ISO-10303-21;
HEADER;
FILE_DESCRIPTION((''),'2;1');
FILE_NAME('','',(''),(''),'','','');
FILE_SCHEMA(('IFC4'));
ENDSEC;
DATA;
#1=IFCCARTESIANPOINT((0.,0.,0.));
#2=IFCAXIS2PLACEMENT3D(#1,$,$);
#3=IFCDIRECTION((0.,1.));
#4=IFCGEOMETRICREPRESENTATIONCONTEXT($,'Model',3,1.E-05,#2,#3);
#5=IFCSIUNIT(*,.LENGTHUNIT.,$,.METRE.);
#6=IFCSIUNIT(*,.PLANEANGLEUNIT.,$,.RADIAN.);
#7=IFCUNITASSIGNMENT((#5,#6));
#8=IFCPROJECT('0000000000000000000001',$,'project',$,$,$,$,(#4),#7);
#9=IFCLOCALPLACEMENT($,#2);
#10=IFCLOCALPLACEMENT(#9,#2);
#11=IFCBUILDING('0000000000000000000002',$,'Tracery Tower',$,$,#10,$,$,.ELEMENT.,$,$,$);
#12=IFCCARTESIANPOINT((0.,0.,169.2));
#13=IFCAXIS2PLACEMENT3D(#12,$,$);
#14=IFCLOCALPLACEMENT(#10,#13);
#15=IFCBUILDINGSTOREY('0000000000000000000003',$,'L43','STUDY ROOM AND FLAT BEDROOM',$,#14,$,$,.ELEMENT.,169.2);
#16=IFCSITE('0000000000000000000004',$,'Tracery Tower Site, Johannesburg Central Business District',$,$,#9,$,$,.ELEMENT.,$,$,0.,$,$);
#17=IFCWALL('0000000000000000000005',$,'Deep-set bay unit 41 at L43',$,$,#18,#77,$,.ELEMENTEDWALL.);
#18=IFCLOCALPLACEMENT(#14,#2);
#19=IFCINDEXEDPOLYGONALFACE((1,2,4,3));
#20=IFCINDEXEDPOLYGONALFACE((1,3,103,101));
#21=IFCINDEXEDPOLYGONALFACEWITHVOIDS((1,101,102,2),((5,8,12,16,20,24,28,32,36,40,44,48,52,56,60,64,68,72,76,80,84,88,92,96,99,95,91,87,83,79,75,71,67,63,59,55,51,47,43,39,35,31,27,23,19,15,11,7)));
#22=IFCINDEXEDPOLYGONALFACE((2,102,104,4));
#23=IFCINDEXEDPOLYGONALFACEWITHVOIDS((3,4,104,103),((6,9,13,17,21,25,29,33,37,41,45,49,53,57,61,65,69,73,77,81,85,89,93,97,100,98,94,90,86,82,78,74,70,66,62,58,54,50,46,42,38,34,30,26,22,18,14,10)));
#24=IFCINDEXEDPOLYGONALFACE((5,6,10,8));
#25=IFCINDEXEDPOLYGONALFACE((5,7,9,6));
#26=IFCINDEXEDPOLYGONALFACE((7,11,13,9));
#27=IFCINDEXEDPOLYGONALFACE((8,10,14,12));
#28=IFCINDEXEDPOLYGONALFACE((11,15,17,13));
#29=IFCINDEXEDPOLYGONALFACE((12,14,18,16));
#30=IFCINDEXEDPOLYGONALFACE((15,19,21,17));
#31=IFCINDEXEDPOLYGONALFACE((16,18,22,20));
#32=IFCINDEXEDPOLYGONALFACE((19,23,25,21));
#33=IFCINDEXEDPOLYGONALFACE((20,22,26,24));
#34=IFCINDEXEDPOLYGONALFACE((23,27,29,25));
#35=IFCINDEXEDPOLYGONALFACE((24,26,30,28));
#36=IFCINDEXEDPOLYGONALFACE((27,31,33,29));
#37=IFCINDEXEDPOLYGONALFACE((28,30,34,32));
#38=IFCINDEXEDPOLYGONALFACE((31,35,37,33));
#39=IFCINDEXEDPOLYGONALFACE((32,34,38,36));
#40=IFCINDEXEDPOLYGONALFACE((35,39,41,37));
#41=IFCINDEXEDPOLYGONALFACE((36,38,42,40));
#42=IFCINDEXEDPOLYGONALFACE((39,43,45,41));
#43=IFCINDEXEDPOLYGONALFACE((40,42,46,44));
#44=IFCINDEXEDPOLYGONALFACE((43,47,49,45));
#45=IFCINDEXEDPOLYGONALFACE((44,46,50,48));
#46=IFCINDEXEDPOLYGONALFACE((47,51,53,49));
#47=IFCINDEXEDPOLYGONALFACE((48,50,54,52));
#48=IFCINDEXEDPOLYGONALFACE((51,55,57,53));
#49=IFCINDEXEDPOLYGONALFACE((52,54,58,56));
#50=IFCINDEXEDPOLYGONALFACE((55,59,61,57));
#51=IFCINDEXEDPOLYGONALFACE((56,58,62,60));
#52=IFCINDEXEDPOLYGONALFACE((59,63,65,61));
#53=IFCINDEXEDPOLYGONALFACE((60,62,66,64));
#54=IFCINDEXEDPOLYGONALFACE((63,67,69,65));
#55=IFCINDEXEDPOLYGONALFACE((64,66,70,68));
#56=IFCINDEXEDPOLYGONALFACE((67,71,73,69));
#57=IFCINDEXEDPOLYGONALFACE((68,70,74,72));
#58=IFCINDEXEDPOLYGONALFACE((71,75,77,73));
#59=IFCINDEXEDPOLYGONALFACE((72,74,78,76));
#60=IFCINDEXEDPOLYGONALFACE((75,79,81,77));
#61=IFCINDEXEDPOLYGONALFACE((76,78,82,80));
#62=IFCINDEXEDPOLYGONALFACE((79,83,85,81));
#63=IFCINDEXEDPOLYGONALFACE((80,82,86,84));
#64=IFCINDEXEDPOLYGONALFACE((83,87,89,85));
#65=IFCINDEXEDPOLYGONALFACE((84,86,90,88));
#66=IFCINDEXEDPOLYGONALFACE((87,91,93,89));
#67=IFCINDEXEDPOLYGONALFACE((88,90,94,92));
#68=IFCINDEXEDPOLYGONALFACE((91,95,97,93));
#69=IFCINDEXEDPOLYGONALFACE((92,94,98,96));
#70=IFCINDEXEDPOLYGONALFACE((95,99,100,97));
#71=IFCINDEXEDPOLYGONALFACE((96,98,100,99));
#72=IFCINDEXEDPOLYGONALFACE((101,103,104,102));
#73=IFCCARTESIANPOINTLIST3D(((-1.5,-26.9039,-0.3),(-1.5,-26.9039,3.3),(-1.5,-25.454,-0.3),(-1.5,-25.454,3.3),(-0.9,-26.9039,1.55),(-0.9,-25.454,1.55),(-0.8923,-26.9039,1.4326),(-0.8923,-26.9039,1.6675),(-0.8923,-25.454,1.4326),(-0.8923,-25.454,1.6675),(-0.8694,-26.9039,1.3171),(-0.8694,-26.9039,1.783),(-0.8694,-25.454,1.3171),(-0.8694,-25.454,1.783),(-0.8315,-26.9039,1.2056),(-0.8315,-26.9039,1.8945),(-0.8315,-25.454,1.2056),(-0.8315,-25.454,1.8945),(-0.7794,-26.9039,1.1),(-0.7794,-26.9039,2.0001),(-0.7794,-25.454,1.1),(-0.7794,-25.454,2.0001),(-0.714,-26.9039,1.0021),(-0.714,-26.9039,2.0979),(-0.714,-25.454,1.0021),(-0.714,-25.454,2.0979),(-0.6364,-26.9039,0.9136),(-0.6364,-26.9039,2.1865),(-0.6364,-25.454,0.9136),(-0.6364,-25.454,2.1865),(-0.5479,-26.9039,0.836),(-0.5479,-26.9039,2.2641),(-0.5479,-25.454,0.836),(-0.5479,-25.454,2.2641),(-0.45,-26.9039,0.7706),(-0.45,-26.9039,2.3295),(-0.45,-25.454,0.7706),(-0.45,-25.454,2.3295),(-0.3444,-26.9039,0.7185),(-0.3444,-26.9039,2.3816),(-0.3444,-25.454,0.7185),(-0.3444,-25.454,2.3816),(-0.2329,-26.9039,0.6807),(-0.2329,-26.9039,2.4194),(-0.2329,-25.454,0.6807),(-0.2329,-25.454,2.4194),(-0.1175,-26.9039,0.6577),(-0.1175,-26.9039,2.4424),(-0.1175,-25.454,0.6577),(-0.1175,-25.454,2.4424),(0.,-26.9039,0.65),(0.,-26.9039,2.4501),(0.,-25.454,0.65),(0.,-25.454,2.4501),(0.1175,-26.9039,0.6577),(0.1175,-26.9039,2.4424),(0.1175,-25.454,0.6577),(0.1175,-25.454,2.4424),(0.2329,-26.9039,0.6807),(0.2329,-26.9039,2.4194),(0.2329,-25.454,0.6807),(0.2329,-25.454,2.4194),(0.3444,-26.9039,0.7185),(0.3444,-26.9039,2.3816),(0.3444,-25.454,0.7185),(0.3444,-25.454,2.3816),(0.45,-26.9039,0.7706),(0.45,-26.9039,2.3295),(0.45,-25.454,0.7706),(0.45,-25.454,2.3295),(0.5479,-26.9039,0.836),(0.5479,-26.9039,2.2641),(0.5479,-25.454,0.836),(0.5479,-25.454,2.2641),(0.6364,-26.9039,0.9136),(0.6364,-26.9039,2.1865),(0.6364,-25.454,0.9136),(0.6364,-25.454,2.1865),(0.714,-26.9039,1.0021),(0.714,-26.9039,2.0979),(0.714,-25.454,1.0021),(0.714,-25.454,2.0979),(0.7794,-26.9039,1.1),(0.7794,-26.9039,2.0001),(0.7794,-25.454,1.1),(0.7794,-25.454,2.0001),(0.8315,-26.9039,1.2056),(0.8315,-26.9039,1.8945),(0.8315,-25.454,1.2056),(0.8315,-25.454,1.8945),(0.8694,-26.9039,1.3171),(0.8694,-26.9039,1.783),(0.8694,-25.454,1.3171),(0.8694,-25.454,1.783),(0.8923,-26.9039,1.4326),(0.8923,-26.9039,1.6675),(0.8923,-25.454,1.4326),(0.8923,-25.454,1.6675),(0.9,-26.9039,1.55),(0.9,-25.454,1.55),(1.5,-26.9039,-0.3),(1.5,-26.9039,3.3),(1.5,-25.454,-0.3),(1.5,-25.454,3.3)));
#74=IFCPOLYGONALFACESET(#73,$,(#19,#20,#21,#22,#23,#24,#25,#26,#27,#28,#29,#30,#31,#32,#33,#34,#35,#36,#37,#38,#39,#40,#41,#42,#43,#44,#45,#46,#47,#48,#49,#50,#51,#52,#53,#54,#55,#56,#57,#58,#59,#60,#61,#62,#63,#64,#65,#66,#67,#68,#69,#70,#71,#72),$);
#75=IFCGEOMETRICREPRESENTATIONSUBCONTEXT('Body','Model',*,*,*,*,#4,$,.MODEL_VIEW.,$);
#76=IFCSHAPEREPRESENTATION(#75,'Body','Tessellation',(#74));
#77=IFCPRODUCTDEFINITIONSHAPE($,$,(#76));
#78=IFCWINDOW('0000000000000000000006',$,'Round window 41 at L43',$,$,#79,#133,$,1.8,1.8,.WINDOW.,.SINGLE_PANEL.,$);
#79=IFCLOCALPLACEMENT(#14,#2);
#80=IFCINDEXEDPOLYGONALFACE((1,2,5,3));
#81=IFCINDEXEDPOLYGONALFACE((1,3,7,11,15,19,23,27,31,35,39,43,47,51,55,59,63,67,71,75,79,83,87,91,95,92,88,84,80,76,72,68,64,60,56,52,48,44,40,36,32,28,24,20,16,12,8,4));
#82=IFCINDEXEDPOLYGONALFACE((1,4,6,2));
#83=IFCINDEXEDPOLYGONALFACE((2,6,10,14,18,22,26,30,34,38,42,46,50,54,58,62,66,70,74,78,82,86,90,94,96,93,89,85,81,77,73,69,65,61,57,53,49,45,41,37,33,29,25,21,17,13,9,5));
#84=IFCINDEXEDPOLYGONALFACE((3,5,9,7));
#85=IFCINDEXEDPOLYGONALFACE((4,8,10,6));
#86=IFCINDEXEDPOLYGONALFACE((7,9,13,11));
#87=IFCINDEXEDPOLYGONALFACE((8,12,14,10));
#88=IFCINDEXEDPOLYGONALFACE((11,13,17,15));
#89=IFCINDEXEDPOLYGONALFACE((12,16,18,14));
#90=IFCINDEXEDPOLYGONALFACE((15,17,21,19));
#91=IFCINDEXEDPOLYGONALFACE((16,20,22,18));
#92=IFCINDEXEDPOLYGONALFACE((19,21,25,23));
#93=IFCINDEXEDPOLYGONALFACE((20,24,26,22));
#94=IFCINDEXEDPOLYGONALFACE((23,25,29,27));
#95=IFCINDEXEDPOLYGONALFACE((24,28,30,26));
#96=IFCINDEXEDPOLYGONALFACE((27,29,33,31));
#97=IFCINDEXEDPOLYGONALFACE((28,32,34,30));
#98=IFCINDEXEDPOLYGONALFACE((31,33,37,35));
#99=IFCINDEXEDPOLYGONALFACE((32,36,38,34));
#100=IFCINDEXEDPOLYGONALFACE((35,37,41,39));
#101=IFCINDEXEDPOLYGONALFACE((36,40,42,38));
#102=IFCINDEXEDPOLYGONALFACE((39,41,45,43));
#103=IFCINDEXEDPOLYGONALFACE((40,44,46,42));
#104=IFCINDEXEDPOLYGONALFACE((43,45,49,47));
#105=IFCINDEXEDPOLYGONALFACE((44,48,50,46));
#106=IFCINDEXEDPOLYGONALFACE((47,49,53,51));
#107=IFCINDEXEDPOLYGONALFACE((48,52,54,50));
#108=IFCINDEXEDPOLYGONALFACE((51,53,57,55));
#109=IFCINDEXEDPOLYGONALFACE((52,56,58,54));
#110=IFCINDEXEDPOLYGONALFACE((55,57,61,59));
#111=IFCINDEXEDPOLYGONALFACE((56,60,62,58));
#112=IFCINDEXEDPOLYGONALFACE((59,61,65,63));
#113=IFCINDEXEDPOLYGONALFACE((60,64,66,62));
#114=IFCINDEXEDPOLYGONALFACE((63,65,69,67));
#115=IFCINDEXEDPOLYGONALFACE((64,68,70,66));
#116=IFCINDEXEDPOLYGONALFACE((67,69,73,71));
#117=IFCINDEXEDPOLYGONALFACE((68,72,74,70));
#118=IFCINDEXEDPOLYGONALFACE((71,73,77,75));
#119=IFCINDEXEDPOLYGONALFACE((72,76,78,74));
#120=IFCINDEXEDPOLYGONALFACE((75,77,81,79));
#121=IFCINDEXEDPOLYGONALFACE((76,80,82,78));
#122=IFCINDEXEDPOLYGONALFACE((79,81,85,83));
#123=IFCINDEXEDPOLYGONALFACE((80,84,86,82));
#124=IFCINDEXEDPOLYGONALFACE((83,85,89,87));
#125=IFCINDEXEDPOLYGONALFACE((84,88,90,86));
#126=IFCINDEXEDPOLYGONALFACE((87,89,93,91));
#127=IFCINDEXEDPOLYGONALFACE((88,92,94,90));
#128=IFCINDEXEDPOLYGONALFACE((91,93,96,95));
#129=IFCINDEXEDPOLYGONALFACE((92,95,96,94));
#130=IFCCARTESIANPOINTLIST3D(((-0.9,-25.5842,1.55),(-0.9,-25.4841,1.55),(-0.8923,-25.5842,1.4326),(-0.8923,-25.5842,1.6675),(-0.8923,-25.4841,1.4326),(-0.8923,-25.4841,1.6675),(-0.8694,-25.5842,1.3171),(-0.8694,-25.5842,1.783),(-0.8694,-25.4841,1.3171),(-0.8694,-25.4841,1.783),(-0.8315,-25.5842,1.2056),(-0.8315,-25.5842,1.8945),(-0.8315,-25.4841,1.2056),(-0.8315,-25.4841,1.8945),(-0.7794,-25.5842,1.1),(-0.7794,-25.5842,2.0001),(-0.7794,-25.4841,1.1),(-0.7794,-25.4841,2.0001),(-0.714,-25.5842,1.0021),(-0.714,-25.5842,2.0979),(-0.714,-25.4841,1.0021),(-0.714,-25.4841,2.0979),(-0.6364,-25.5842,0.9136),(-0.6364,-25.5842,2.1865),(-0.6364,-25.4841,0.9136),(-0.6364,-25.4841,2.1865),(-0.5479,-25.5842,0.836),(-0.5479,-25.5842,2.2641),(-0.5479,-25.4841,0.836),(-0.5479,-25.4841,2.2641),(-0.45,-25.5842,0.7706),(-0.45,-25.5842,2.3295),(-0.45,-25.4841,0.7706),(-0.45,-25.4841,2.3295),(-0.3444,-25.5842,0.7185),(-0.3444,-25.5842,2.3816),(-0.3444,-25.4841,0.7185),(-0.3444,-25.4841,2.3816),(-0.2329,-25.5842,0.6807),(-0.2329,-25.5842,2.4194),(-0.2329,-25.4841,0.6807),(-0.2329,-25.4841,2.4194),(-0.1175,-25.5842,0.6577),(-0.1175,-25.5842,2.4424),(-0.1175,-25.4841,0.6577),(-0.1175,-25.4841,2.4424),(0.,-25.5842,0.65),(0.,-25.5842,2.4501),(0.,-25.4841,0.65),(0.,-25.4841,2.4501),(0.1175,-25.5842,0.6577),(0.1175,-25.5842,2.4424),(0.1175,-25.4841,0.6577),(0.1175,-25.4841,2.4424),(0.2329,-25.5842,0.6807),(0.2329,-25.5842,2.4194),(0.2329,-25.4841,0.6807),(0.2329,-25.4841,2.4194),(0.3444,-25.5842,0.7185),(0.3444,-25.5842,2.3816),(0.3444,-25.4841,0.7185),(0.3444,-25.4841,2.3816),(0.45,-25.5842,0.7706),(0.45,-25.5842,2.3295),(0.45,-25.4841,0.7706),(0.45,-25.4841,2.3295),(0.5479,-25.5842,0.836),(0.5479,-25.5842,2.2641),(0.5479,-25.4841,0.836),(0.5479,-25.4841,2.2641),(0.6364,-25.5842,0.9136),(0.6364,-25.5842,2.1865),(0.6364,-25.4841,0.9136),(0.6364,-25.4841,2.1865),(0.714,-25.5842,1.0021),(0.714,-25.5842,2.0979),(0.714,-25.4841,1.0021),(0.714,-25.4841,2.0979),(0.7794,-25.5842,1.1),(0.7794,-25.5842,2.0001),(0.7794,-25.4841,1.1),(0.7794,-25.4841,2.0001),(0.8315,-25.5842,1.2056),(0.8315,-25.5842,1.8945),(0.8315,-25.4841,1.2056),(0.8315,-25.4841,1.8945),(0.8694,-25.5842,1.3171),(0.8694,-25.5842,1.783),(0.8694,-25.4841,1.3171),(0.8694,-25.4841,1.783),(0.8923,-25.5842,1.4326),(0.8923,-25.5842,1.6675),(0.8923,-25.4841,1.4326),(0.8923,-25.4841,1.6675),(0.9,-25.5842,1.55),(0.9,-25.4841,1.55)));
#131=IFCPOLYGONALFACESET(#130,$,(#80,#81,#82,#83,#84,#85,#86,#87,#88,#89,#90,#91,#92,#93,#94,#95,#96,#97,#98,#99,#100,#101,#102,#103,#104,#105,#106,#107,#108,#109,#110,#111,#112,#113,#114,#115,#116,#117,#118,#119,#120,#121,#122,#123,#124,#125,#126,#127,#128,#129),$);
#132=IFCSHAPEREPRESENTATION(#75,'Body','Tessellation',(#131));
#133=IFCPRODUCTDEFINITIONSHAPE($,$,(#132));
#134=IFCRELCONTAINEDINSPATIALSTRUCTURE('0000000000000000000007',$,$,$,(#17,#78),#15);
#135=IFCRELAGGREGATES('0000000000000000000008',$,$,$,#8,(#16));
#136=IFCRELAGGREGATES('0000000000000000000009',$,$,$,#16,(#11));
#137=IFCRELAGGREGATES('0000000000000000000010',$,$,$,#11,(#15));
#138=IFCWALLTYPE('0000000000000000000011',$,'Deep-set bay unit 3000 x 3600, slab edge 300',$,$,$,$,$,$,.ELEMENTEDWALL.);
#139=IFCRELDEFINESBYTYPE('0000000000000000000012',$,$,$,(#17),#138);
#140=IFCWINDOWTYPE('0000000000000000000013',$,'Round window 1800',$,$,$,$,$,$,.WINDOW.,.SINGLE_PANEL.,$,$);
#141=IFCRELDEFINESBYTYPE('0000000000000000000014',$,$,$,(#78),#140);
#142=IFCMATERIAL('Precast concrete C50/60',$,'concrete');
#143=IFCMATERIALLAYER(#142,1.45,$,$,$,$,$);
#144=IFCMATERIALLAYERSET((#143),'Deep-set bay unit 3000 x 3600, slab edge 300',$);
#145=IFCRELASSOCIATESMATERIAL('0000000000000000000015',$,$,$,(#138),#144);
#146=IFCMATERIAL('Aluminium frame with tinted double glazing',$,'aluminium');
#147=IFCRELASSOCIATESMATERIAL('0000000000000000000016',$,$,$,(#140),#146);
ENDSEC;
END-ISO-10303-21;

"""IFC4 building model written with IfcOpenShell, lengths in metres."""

from ifc_helpers import new_model, si_unit, direction, frame, frame_2d, origin, origin_2d, place, context, subcontext, project, spatial, rectangle, circle, extrude, material, layer, layer_set, type_object, element, fill, save


model = new_model("IFC4")

# Units and contexts
model_context = context("Model", 3, precision=1e-05, world=origin(), true_north=direction((0.0, 1.0)))
body_context = subcontext(model_context, "Body", "Model", "MODEL_VIEW")
ifc_project = project(units=[si_unit("LENGTHUNIT", "METRE"), si_unit("PLANEANGLEUNIT", "RADIAN")], contexts=[model_context])

# Site, building, storey
site_placement = place(None, origin())
site = spatial("IfcSite", under=ifc_project, at=site_placement, Name="Tracery Tower Site, Johannesburg Central Business District", CompositionType="ELEMENT", RefElevation=0.0)
building_placement = place(site_placement, origin())
building = spatial("IfcBuilding", under=site, at=building_placement, Name="Tracery Tower", CompositionType="ELEMENT")
storey_placement = place(building_placement, frame((0.0, 0.0, 169.2)))
storey = spatial("IfcBuildingStorey", under=building, at=storey_placement, Name="L43", Description="STUDY ROOM AND FLAT BEDROOM", CompositionType="ELEMENT", Elevation=169.2)

# Wall, opening, window
ifc_material_1 = material(Name="Precast concrete C50/60", Category="concrete")
ifc_layer_1 = layer(ifc_material_1, 1.45)
ifc_layer_set_1 = layer_set([ifc_layer_1], Name="Deep-set bay unit 3000 x 3600, slab edge 300")
wall_type_1 = type_object("IfcWallType", Name="Deep-set bay unit 3000 x 3600, slab edge 300", PredefinedType="ELEMENTEDWALL", material=ifc_layer_set_1)
ifc_material_2 = material(Name="Aluminium frame with tinted double glazing", Category="aluminium")
window_type = type_object("IfcWindowType", Name="Round window 1800", PartitioningType="SINGLE_PANEL", PredefinedType="WINDOW", material=ifc_material_2)
wall_1_placement = place(storey_placement, frame((-1.5, -26.179, -0.3), z_axis=(0.0, 0.0, 1.0), x_axis=(1.0, 0.0, 0.0)))
wall_1 = element("IfcWall", 1, at=wall_1_placement, inside=storey, type_object=wall_type_1, Name="Deep-set bay unit 41 at L43", PredefinedType="ELEMENTEDWALL", context=body_context, shape_type="SweptSolid", body=[
    extrude(rectangle(XDim=3.0, YDim=1.45, at=frame_2d((1.5, 0.0))), origin(), (0.0, 0.0, 1.0), 3.6001),
])
opening_1_placement = place(wall_1_placement, frame((1.5, 0.0, 1.8501)))
opening_1 = element("IfcOpeningElement", 2, at=opening_1_placement, cuts=wall_1, PredefinedType="OPENING", context=body_context, shape_type="SweptSolid", body=[
    extrude(circle(Radius=0.9, at=origin_2d()), frame((0.0, 0.7349, 0.0), z_axis=(0.0, -1.0, 0.0), x_axis=(1.0, 0.0, 0.0)), (0.0, 0.0, 1.0), 1.47),
])
window_1_placement = place(opening_1_placement, origin())
window_1 = element("IfcWindow", 3, at=window_1_placement, inside=storey, type_object=window_type, Name="Round window 41 at L43", OverallHeight=1.8, OverallWidth=1.8, PartitioningType="SINGLE_PANEL", PredefinedType="WINDOW", context=body_context, shape_type="SweptSolid", body=[
    extrude(circle(Radius=0.9, at=origin_2d()), frame((0.0, 0.6948, 0.0), z_axis=(0.0, -1.0, 0.0), x_axis=(1.0, 0.0, 0.0)), (0.0, 0.0, 1.0), 0.1001),
])
fill(opening_1, window_1)

save(model, "model.ifc")
